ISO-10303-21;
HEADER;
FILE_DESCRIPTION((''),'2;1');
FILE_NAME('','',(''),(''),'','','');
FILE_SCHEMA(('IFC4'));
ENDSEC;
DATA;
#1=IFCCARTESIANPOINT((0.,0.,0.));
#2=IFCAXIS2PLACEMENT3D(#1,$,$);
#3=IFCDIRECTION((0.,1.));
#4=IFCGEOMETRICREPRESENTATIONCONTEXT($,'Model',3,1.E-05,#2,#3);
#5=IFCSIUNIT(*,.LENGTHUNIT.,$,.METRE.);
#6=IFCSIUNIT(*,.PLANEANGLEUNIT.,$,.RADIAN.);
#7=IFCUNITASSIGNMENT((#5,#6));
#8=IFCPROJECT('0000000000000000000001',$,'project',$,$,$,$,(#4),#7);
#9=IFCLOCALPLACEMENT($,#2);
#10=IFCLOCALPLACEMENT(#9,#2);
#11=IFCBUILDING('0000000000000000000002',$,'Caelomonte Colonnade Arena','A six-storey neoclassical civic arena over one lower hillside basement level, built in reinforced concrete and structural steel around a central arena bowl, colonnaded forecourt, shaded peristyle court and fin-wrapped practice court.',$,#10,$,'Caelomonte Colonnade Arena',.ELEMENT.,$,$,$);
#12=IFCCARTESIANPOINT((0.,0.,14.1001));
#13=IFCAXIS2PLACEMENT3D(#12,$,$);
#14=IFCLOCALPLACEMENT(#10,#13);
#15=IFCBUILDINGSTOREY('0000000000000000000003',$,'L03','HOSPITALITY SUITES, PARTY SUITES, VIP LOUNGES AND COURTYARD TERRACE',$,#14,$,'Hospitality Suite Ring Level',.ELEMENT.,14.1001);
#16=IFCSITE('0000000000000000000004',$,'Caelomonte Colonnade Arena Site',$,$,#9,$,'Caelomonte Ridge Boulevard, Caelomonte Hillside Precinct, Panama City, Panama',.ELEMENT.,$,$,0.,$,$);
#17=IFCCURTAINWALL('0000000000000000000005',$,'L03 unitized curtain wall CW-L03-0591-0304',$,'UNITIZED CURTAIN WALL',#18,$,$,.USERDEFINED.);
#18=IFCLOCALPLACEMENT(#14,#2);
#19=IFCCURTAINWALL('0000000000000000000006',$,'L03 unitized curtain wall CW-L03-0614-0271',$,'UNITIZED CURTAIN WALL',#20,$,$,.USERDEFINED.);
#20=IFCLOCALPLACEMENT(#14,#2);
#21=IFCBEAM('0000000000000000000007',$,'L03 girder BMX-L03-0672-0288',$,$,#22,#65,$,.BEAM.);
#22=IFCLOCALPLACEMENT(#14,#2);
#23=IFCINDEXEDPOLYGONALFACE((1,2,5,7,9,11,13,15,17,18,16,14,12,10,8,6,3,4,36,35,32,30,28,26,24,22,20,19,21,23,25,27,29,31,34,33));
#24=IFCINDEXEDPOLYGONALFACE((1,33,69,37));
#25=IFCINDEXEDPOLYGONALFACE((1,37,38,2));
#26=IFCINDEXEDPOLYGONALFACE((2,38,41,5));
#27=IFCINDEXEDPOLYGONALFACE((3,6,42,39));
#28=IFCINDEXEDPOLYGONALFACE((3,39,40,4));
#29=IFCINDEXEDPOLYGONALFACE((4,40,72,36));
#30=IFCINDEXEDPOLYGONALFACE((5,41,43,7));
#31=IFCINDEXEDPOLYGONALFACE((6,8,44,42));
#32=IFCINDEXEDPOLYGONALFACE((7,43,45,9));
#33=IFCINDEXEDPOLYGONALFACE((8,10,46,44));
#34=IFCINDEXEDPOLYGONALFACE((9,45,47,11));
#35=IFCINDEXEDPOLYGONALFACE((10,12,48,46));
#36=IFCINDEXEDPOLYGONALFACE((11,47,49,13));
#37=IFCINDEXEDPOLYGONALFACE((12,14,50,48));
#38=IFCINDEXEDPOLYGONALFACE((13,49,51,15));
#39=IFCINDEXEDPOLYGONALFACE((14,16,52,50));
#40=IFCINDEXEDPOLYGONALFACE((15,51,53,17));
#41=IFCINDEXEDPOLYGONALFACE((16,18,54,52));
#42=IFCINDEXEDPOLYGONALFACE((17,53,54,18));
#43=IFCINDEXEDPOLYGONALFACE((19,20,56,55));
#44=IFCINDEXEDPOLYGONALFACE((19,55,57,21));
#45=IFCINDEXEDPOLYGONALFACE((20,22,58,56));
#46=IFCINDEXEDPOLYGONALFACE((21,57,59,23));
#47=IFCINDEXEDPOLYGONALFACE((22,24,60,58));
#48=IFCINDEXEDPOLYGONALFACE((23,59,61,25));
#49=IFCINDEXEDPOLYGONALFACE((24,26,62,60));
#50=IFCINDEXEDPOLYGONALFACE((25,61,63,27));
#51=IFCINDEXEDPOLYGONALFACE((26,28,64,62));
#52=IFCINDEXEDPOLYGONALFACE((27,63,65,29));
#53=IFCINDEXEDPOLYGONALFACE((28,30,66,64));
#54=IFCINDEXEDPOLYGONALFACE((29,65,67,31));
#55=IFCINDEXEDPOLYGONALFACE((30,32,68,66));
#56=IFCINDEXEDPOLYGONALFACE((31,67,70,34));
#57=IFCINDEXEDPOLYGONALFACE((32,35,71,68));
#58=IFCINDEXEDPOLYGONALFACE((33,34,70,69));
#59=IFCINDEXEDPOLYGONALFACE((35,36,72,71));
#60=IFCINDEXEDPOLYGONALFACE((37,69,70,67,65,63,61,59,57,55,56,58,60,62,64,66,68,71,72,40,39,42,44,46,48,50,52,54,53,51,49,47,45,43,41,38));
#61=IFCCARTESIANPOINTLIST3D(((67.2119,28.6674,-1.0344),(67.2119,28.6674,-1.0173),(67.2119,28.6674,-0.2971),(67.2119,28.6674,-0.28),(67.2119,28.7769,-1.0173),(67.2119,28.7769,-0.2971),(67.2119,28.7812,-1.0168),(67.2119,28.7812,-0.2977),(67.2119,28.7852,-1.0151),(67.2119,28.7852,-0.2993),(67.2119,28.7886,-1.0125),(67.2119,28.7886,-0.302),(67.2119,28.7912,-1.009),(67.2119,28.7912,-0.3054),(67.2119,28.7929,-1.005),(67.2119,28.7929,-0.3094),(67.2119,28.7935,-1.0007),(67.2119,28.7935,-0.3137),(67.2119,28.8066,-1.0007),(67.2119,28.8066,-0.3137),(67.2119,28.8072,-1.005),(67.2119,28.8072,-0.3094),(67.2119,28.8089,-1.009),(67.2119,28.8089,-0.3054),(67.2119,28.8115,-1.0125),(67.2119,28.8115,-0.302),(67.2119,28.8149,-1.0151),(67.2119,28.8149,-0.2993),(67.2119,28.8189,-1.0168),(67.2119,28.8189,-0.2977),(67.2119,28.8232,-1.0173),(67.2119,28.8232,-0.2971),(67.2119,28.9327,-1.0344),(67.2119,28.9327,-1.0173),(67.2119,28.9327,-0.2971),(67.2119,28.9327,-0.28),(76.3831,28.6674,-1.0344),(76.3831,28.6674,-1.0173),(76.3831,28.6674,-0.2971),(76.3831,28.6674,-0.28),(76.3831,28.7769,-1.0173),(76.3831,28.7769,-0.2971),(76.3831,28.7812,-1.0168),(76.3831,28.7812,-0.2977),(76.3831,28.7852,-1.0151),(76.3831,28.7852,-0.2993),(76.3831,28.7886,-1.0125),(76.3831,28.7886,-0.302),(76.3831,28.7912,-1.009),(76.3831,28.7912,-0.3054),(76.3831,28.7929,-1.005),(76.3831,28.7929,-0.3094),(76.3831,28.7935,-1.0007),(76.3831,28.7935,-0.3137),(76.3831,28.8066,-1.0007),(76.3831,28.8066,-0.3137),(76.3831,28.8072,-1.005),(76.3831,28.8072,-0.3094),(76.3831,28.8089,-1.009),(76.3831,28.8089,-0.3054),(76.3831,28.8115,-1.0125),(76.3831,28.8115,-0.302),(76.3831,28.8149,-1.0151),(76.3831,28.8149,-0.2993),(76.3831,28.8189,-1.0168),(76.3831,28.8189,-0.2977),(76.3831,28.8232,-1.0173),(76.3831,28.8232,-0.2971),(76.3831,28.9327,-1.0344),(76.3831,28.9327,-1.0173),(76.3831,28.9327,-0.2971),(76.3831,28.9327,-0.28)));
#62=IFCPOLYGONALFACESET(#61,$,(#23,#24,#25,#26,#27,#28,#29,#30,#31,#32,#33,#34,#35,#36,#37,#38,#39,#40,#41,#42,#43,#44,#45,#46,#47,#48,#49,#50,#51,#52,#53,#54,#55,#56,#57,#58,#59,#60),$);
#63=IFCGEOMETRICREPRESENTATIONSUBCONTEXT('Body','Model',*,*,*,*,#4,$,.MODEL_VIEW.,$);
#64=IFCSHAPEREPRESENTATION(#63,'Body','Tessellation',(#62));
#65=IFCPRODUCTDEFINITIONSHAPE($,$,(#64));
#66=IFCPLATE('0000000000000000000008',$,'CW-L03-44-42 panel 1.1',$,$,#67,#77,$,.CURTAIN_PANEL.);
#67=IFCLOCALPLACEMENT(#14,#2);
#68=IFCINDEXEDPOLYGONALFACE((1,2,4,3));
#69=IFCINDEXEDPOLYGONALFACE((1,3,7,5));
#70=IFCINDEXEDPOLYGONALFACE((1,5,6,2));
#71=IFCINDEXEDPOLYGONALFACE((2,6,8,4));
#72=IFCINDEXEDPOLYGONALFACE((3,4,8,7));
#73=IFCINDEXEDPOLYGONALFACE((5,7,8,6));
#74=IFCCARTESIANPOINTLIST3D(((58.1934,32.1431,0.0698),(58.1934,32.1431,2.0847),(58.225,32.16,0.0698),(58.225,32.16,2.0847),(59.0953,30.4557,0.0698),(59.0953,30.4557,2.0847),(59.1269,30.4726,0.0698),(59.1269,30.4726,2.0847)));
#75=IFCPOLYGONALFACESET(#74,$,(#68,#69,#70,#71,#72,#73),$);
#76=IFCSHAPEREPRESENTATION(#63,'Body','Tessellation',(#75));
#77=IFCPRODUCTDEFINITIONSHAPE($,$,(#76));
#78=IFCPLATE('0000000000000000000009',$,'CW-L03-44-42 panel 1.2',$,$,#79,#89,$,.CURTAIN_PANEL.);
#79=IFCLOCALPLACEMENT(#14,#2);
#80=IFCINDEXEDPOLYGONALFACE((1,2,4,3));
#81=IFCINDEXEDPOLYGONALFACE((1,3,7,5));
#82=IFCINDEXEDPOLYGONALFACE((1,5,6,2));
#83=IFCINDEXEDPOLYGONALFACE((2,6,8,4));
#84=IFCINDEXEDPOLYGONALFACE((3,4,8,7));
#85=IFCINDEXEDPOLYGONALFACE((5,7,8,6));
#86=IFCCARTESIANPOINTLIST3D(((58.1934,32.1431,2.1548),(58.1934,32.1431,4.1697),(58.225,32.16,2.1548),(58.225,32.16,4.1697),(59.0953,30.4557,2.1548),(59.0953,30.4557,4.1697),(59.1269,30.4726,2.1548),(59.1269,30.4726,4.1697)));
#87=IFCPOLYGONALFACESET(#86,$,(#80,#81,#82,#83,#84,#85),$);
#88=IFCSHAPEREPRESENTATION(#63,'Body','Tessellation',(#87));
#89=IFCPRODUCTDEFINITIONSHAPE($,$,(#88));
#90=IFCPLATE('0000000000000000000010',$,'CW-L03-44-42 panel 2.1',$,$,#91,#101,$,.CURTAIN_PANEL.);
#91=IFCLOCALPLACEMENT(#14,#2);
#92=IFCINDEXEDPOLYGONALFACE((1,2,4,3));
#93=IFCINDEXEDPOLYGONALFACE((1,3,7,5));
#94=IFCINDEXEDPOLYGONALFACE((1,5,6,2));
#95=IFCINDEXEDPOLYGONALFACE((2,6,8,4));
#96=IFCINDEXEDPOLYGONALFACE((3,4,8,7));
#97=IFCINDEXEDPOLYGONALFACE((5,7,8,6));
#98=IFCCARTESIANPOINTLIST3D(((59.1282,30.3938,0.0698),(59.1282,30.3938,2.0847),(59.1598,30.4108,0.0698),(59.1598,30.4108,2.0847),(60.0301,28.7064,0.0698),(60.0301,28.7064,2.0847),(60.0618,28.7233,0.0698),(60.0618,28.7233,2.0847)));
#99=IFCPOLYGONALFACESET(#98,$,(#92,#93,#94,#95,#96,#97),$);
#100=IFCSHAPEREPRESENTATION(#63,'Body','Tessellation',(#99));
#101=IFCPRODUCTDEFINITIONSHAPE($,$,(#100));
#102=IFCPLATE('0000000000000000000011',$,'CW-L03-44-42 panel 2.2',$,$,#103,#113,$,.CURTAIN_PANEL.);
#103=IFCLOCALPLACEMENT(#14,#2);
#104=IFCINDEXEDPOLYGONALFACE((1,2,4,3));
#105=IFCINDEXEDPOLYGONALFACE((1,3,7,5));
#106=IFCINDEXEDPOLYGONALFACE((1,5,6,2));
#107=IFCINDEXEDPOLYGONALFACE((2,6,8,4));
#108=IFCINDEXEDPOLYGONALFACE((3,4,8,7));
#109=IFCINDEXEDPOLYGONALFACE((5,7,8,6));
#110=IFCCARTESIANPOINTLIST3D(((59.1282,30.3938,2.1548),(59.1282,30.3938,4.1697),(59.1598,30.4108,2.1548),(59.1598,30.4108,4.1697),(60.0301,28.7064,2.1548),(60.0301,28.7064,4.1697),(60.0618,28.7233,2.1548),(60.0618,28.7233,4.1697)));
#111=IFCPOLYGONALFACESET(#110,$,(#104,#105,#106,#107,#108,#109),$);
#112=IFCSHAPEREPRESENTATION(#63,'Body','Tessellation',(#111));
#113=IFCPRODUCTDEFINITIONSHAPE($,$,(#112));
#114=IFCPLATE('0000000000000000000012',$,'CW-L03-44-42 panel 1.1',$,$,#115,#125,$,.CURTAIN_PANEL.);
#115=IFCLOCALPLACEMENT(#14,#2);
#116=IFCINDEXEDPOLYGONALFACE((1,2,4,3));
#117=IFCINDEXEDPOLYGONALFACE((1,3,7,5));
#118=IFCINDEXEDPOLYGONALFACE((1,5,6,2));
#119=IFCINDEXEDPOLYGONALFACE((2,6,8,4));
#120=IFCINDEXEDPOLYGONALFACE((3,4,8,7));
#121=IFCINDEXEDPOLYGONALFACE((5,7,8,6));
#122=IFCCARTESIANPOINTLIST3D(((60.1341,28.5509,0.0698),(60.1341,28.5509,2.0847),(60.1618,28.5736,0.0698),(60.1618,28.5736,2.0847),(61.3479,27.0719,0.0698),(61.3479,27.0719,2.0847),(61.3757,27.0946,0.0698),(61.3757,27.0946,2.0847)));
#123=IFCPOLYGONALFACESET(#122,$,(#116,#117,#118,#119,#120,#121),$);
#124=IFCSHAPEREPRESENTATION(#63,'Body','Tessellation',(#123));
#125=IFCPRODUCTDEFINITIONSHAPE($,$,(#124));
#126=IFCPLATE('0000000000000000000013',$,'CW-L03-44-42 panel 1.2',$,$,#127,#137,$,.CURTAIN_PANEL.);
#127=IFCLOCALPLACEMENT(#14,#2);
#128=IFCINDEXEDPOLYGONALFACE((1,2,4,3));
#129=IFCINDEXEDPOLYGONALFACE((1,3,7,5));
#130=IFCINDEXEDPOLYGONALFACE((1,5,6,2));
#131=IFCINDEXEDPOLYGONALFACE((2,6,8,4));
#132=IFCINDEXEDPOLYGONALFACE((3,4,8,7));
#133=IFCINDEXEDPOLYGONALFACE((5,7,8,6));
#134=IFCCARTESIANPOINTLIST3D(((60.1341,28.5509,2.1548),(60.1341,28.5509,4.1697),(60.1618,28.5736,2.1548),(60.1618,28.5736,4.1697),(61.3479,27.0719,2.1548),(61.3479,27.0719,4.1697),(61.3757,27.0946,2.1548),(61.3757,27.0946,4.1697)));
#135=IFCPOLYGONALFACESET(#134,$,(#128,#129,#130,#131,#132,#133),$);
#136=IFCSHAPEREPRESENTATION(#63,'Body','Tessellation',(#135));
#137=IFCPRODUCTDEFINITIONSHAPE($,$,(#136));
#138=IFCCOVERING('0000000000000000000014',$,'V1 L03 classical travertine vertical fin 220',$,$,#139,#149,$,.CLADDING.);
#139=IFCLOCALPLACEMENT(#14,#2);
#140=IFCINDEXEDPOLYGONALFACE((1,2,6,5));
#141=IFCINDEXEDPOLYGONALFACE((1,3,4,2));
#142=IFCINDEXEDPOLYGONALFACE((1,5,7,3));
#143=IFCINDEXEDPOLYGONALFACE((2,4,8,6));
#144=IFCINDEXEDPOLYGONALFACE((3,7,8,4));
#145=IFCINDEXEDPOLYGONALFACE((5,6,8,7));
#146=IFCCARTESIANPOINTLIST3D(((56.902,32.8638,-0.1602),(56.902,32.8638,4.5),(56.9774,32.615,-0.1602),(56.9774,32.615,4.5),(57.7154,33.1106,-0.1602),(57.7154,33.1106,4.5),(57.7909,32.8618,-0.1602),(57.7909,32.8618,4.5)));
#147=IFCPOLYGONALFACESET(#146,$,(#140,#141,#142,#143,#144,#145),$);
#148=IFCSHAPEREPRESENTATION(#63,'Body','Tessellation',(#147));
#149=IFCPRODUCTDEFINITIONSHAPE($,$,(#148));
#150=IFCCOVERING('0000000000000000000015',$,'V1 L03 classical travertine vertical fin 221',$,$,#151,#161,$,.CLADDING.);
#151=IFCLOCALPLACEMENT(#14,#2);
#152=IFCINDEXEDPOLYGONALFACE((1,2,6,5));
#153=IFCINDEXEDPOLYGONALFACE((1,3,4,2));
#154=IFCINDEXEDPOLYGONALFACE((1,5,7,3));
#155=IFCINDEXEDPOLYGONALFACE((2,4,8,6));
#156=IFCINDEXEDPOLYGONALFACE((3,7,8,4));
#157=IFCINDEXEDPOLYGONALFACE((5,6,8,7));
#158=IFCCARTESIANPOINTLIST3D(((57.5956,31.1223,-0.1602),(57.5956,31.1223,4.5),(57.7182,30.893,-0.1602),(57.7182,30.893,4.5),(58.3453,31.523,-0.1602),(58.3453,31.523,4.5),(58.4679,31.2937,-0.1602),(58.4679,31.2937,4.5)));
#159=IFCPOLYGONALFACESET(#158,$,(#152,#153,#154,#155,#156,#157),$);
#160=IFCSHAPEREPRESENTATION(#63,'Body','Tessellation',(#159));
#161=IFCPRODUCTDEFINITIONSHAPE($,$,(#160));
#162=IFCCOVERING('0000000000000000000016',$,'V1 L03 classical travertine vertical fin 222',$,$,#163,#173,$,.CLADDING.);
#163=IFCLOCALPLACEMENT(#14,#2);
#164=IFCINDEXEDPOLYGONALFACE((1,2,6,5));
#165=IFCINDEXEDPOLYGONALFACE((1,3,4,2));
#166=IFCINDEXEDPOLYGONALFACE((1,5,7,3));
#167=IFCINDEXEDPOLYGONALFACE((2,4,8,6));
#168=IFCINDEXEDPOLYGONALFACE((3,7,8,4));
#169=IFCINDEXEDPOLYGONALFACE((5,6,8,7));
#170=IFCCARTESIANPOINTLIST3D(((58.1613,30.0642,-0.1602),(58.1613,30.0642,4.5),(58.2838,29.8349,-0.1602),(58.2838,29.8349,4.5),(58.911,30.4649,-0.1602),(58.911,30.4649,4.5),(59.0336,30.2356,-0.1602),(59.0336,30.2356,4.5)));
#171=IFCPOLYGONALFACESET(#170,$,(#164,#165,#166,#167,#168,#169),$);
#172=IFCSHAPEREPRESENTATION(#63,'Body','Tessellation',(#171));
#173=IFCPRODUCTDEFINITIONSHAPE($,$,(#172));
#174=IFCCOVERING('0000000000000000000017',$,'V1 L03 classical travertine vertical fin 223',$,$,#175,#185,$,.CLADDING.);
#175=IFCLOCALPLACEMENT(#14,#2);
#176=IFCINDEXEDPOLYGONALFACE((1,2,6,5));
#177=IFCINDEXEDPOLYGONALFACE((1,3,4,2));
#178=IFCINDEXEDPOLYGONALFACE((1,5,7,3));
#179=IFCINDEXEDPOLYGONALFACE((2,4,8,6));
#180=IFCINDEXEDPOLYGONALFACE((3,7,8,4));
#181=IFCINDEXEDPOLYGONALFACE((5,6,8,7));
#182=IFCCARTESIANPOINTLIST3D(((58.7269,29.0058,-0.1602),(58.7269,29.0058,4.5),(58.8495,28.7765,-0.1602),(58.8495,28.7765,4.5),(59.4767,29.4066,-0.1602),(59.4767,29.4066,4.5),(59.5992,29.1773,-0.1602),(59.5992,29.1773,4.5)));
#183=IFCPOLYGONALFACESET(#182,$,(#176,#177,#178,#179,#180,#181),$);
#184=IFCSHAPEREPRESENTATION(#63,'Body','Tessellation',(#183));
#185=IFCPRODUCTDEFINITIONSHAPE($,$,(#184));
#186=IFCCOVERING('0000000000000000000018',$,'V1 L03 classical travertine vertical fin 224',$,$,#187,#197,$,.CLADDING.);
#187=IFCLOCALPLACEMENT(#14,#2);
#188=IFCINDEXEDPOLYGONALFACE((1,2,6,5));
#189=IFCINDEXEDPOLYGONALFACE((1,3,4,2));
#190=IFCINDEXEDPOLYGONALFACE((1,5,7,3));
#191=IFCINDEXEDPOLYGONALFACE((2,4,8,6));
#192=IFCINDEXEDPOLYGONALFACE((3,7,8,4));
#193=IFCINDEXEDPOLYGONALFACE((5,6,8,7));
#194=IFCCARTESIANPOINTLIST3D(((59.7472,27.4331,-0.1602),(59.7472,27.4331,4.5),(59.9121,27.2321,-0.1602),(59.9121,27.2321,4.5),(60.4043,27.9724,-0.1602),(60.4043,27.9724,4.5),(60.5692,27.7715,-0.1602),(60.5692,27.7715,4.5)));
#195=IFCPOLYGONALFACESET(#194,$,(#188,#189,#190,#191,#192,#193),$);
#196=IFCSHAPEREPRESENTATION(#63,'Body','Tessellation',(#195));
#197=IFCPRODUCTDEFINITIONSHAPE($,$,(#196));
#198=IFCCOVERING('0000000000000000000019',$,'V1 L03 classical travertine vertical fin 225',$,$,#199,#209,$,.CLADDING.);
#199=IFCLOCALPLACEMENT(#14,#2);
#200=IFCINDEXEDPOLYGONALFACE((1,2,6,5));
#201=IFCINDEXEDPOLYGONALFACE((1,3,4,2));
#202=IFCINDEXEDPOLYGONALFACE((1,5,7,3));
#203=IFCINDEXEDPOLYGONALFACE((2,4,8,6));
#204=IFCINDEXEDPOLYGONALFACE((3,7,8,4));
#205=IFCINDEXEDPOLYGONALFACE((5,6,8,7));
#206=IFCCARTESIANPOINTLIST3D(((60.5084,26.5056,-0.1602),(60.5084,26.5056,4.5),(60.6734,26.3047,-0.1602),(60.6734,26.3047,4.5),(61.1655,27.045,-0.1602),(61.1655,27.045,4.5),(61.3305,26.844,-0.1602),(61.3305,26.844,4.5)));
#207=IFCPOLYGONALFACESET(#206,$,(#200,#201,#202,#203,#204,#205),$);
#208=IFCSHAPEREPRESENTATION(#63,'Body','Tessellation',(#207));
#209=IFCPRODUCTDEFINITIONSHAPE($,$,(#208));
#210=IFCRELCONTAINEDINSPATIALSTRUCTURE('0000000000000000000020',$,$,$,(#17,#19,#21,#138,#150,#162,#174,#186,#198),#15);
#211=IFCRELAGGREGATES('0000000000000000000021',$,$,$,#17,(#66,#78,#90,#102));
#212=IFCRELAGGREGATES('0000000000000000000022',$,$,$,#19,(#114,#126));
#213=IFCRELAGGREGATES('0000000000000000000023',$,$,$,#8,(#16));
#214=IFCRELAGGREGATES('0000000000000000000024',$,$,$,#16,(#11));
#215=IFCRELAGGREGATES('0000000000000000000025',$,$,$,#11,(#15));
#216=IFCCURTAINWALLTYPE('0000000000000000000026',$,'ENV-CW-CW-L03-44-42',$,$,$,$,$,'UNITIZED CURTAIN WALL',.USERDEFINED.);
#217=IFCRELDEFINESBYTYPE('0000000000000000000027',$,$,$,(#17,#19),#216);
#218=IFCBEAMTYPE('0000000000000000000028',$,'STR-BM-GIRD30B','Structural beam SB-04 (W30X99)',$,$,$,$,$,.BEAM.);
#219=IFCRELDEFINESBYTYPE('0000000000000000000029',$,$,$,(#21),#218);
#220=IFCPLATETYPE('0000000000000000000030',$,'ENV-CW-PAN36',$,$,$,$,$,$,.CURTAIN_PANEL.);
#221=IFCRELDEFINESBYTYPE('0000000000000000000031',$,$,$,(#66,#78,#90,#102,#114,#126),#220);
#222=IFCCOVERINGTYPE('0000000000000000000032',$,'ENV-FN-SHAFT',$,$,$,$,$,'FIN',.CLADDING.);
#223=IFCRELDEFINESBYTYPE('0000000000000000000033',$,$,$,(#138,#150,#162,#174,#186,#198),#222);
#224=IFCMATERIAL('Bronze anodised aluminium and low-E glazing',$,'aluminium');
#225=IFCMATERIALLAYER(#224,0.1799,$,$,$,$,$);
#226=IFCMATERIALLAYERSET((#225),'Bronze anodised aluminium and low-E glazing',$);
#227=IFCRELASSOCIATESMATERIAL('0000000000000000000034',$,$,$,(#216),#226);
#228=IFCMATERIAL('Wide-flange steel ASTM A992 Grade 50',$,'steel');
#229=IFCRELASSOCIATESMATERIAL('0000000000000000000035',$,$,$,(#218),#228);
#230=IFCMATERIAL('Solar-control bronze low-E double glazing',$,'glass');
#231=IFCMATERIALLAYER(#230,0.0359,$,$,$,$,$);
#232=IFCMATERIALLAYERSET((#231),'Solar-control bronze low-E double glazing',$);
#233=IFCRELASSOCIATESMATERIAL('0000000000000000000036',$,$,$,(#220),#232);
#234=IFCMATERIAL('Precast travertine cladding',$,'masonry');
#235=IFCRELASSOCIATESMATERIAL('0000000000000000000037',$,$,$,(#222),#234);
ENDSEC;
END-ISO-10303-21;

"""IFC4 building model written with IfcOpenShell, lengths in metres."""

from ifc_helpers import new_model, si_unit, direction, frame, origin, origin_2d, place, context, subcontext, project, spatial, rectangle, i_section, extrude, material, layer, layer_set, material_profile, profile_set, type_object, element, aggregate, save


model = new_model("IFC4")

# Units and contexts
model_context = context("Model", 3, precision=1e-05, world=origin(), true_north=direction((0.0, 1.0)))
body_context = subcontext(model_context, "Body", "Model", "MODEL_VIEW")
ifc_project = project(units=[si_unit("LENGTHUNIT", "METRE"), si_unit("PLANEANGLEUNIT", "RADIAN")], contexts=[model_context])

# Site, building, storey
site_placement = place(None, origin())
site = spatial("IfcSite", under=ifc_project, at=site_placement, Name="Caelomonte Colonnade Arena Site", LongName="Caelomonte Ridge Boulevard, Caelomonte Hillside Precinct, Panama City, Panama", CompositionType="ELEMENT", RefElevation=0.0)
building_placement = place(site_placement, origin())
building = spatial("IfcBuilding", under=site, at=building_placement, Name="Caelomonte Colonnade Arena", Description="A six-storey neoclassical civic arena over one lower hillside basement level, built in reinforced concrete and structural steel around a central arena bowl, colonnaded forecourt, shaded peristyle court and fin-wrapped practice court.", LongName="Caelomonte Colonnade Arena", CompositionType="ELEMENT")
storey_placement = place(building_placement, frame((0.0, 0.0, 14.1001)))
storey = spatial("IfcBuildingStorey", under=building, at=storey_placement, Name="L03", Description="HOSPITALITY SUITES, PARTY SUITES, VIP LOUNGES AND COURTYARD TERRACE", LongName="Hospitality Suite Ring Level", CompositionType="ELEMENT", Elevation=14.1001)

# Shared definitions
ifc_material_1 = material(Name="Wide-flange steel ASTM A992 Grade 50", Category="steel")

# Shared definitions
ifc_material_2 = material(Name="Bronze anodised aluminium and low-E glazing", Category="aluminium")
ifc_layer_1 = layer(ifc_material_2, 0.1799)
ifc_layer_set_1 = layer_set([ifc_layer_1], Name="Bronze anodised aluminium and low-E glazing")
curtain_wall_type = type_object("IfcCurtainWallType", Name="ENV-CW-CW-L03-44-42", ElementType="UNITIZED CURTAIN WALL", PredefinedType="USERDEFINED", material=ifc_layer_set_1)

# Curtain walls
curtain_wall_1_placement = place(storey_placement, origin())
curtain_wall_1 = element("IfcCurtainWall", 1, at=curtain_wall_1_placement, inside=storey, type_object=curtain_wall_type, Name="L03 unitized curtain wall CW-L03-0591-0304", ObjectType="UNITIZED CURTAIN WALL", PredefinedType="USERDEFINED")
curtain_wall_2_placement = place(storey_placement, origin())
curtain_wall_2 = element("IfcCurtainWall", 2, at=curtain_wall_2_placement, inside=storey, type_object=curtain_wall_type, Name="L03 unitized curtain wall CW-L03-0614-0271", ObjectType="UNITIZED CURTAIN WALL", PredefinedType="USERDEFINED")

# Beam
ifc_material_profile_1 = material_profile(ifc_material_1, i_section(OverallWidth=0.2654, OverallDepth=0.7544, WebThickness=0.0132, FlangeThickness=0.0171, FilletRadius=0.0166, at=origin_2d()), Name="W30X99")
ifc_profile_set_1 = profile_set([ifc_material_profile_1], Name="Wide-flange steel ASTM A992 Grade 50")
beam_type_1 = type_object("IfcBeamType", Name="STR-BM-GIRD30B", Description="Structural beam SB-04 (W30X99)", PredefinedType="BEAM", material=ifc_profile_set_1)
beam_1_placement = place(storey_placement, frame((67.2119, 28.8, -0.6572), z_axis=(1.0, 0.0, 0.0), x_axis=(0.0, 1.0, 0.0)))
element("IfcBeam", 3, at=beam_1_placement, inside=storey, type_object=beam_type_1, Name="L03 girder BMX-L03-0672-0288", PredefinedType="BEAM", context=body_context, shape_type="SweptSolid", body=[
    extrude(i_section(OverallWidth=0.2654, OverallDepth=0.7544, WebThickness=0.0132, FlangeThickness=0.0171, FilletRadius=0.0166, at=origin_2d()), origin(), (0.0, 0.0, 1.0), 9.1711),
])

# Plates
ifc_material_3 = material(Name="Solar-control bronze low-E double glazing", Category="glass")
ifc_layer_2 = layer(ifc_material_3, 0.0359)
ifc_layer_set_2 = layer_set([ifc_layer_2], Name="Solar-control bronze low-E double glazing")
plate_type = type_object("IfcPlateType", Name="ENV-CW-PAN36", PredefinedType="CURTAIN_PANEL", material=ifc_layer_set_2)
plate_1_placement = place(storey_placement, frame((58.6602, 31.3079, 0.0698), z_axis=(0.0, 0.0, 1.0), x_axis=(0.471394, -0.881923, 0.0)))
plate_1 = element("IfcPlate", 4, at=plate_1_placement, type_object=plate_type, Name="CW-L03-44-42 panel 1.1", PredefinedType="CURTAIN_PANEL", context=body_context, shape_type="SweptSolid", body=[
    extrude(rectangle(XDim=1.9133, YDim=0.0359, at=origin_2d()), origin(), (0.0, 0.0, 1.0), 2.0149),
])
plate_2_placement = place(storey_placement, frame((58.6602, 31.3079, 2.1548), z_axis=(0.0, 0.0, 1.0), x_axis=(0.471394, -0.881923, 0.0)))
plate_2 = element("IfcPlate", 5, at=plate_2_placement, type_object=plate_type, Name="CW-L03-44-42 panel 1.2", PredefinedType="CURTAIN_PANEL", context=body_context, shape_type="SweptSolid", body=[
    extrude(rectangle(XDim=1.9133, YDim=0.0359, at=origin_2d()), origin(), (0.0, 0.0, 1.0), 2.0149),
])
plate_3_placement = place(storey_placement, frame((59.595, 29.5586, 0.0698), z_axis=(0.0, 0.0, 1.0), x_axis=(0.471394, -0.881923, 0.0)))
plate_3 = element("IfcPlate", 6, at=plate_3_placement, type_object=plate_type, Name="CW-L03-44-42 panel 2.1", PredefinedType="CURTAIN_PANEL", context=body_context, shape_type="SweptSolid", body=[
    extrude(rectangle(XDim=1.9133, YDim=0.0359, at=origin_2d()), origin(), (0.0, 0.0, 1.0), 2.0149),
])
plate_4_placement = place(storey_placement, frame((59.595, 29.5586, 2.1548), z_axis=(0.0, 0.0, 1.0), x_axis=(0.471394, -0.881923, 0.0)))
plate_4 = element("IfcPlate", 7, at=plate_4_placement, type_object=plate_type, Name="CW-L03-44-42 panel 2.2", PredefinedType="CURTAIN_PANEL", context=body_context, shape_type="SweptSolid", body=[
    extrude(rectangle(XDim=1.9133, YDim=0.0359, at=origin_2d()), origin(), (0.0, 0.0, 1.0), 2.0149),
])
aggregate(curtain_wall_1, [plate_1, plate_2, plate_3, plate_4])
plate_5_placement = place(storey_placement, frame((60.7549, 27.8228, 0.0698), z_axis=(0.0, 0.0, 1.0), x_axis=(0.634416, -0.772992, 0.0)))
plate_5 = element("IfcPlate", 8, at=plate_5_placement, type_object=plate_type, Name="CW-L03-44-42 panel 1.1", PredefinedType="CURTAIN_PANEL", context=body_context, shape_type="SweptSolid", body=[
    extrude(rectangle(XDim=1.9133, YDim=0.0359, at=origin_2d()), origin(), (0.0, 0.0, 1.0), 2.0149),
])
plate_6_placement = place(storey_placement, frame((60.7549, 27.8228, 2.1548), z_axis=(0.0, 0.0, 1.0), x_axis=(0.634416, -0.772992, 0.0)))
plate_6 = element("IfcPlate", 9, at=plate_6_placement, type_object=plate_type, Name="CW-L03-44-42 panel 1.2", PredefinedType="CURTAIN_PANEL", context=body_context, shape_type="SweptSolid", body=[
    extrude(rectangle(XDim=1.9133, YDim=0.0359, at=origin_2d()), origin(), (0.0, 0.0, 1.0), 2.0149),
])
aggregate(curtain_wall_2, [plate_5, plate_6])

# Coverings
ifc_material_4 = material(Name="Precast travertine cladding", Category="masonry")
ifc_material_profile_2 = material_profile(ifc_material_4, rectangle(XDim=0.26, YDim=0.8501, at=origin_2d()), Name="FIN260X850")
ifc_profile_set_2 = profile_set([ifc_material_profile_2], Name="Precast travertine cladding")
covering_type = type_object("IfcCoveringType", Name="ENV-FN-SHAFT", ElementType="FIN", PredefinedType="CLADDING", material=ifc_profile_set_2)
for number, where, z_axis, x_axis, name in (
    (10, (57.3464, 32.8628, -0.1602), (0.0, 0.0, 1.0), (-0.290276, 0.956943, 0.0), "V1 L03 classical travertine vertical fin 220"),
    (11, (58.0317, 31.208, -0.1602), (0.0, 0.0, 1.0), (-0.471397, 0.881921, 0.0), "V1 L03 classical travertine vertical fin 221"),
    (12, (58.5974, 30.1499, -0.1602), (0.0, 0.0, 1.0), (-0.471397, 0.881921, 0.0), "V1 L03 classical travertine vertical fin 222"),
    (13, (59.1631, 29.0916, -0.1602), (0.0, 0.0, 1.0), (-0.471397, 0.881921, 0.0), "V1 L03 classical travertine vertical fin 223"),
    (14, (60.1582, 27.6023, -0.1602), (0.0, 0.0, 1.0), (-0.634414, 0.772994, 0.0), "V1 L03 classical travertine vertical fin 224"),
    (15, (60.9194, 26.6748, -0.1602), (0.0, 0.0, 1.0), (-0.634414, 0.772994, 0.0), "V1 L03 classical travertine vertical fin 225"),
):
    element("IfcCovering", number, at=place(storey_placement, frame(where, z_axis=z_axis, x_axis=x_axis)), inside=storey, type_object=covering_type, Name=name, PredefinedType="CLADDING", context=body_context, shape_type="SweptSolid", body=[
        extrude(rectangle(XDim=0.26, YDim=0.8501, at=origin_2d()), origin(), (0.0, 0.0, 1.0), 4.6602),
    ])

save(model, "model.ifc")
